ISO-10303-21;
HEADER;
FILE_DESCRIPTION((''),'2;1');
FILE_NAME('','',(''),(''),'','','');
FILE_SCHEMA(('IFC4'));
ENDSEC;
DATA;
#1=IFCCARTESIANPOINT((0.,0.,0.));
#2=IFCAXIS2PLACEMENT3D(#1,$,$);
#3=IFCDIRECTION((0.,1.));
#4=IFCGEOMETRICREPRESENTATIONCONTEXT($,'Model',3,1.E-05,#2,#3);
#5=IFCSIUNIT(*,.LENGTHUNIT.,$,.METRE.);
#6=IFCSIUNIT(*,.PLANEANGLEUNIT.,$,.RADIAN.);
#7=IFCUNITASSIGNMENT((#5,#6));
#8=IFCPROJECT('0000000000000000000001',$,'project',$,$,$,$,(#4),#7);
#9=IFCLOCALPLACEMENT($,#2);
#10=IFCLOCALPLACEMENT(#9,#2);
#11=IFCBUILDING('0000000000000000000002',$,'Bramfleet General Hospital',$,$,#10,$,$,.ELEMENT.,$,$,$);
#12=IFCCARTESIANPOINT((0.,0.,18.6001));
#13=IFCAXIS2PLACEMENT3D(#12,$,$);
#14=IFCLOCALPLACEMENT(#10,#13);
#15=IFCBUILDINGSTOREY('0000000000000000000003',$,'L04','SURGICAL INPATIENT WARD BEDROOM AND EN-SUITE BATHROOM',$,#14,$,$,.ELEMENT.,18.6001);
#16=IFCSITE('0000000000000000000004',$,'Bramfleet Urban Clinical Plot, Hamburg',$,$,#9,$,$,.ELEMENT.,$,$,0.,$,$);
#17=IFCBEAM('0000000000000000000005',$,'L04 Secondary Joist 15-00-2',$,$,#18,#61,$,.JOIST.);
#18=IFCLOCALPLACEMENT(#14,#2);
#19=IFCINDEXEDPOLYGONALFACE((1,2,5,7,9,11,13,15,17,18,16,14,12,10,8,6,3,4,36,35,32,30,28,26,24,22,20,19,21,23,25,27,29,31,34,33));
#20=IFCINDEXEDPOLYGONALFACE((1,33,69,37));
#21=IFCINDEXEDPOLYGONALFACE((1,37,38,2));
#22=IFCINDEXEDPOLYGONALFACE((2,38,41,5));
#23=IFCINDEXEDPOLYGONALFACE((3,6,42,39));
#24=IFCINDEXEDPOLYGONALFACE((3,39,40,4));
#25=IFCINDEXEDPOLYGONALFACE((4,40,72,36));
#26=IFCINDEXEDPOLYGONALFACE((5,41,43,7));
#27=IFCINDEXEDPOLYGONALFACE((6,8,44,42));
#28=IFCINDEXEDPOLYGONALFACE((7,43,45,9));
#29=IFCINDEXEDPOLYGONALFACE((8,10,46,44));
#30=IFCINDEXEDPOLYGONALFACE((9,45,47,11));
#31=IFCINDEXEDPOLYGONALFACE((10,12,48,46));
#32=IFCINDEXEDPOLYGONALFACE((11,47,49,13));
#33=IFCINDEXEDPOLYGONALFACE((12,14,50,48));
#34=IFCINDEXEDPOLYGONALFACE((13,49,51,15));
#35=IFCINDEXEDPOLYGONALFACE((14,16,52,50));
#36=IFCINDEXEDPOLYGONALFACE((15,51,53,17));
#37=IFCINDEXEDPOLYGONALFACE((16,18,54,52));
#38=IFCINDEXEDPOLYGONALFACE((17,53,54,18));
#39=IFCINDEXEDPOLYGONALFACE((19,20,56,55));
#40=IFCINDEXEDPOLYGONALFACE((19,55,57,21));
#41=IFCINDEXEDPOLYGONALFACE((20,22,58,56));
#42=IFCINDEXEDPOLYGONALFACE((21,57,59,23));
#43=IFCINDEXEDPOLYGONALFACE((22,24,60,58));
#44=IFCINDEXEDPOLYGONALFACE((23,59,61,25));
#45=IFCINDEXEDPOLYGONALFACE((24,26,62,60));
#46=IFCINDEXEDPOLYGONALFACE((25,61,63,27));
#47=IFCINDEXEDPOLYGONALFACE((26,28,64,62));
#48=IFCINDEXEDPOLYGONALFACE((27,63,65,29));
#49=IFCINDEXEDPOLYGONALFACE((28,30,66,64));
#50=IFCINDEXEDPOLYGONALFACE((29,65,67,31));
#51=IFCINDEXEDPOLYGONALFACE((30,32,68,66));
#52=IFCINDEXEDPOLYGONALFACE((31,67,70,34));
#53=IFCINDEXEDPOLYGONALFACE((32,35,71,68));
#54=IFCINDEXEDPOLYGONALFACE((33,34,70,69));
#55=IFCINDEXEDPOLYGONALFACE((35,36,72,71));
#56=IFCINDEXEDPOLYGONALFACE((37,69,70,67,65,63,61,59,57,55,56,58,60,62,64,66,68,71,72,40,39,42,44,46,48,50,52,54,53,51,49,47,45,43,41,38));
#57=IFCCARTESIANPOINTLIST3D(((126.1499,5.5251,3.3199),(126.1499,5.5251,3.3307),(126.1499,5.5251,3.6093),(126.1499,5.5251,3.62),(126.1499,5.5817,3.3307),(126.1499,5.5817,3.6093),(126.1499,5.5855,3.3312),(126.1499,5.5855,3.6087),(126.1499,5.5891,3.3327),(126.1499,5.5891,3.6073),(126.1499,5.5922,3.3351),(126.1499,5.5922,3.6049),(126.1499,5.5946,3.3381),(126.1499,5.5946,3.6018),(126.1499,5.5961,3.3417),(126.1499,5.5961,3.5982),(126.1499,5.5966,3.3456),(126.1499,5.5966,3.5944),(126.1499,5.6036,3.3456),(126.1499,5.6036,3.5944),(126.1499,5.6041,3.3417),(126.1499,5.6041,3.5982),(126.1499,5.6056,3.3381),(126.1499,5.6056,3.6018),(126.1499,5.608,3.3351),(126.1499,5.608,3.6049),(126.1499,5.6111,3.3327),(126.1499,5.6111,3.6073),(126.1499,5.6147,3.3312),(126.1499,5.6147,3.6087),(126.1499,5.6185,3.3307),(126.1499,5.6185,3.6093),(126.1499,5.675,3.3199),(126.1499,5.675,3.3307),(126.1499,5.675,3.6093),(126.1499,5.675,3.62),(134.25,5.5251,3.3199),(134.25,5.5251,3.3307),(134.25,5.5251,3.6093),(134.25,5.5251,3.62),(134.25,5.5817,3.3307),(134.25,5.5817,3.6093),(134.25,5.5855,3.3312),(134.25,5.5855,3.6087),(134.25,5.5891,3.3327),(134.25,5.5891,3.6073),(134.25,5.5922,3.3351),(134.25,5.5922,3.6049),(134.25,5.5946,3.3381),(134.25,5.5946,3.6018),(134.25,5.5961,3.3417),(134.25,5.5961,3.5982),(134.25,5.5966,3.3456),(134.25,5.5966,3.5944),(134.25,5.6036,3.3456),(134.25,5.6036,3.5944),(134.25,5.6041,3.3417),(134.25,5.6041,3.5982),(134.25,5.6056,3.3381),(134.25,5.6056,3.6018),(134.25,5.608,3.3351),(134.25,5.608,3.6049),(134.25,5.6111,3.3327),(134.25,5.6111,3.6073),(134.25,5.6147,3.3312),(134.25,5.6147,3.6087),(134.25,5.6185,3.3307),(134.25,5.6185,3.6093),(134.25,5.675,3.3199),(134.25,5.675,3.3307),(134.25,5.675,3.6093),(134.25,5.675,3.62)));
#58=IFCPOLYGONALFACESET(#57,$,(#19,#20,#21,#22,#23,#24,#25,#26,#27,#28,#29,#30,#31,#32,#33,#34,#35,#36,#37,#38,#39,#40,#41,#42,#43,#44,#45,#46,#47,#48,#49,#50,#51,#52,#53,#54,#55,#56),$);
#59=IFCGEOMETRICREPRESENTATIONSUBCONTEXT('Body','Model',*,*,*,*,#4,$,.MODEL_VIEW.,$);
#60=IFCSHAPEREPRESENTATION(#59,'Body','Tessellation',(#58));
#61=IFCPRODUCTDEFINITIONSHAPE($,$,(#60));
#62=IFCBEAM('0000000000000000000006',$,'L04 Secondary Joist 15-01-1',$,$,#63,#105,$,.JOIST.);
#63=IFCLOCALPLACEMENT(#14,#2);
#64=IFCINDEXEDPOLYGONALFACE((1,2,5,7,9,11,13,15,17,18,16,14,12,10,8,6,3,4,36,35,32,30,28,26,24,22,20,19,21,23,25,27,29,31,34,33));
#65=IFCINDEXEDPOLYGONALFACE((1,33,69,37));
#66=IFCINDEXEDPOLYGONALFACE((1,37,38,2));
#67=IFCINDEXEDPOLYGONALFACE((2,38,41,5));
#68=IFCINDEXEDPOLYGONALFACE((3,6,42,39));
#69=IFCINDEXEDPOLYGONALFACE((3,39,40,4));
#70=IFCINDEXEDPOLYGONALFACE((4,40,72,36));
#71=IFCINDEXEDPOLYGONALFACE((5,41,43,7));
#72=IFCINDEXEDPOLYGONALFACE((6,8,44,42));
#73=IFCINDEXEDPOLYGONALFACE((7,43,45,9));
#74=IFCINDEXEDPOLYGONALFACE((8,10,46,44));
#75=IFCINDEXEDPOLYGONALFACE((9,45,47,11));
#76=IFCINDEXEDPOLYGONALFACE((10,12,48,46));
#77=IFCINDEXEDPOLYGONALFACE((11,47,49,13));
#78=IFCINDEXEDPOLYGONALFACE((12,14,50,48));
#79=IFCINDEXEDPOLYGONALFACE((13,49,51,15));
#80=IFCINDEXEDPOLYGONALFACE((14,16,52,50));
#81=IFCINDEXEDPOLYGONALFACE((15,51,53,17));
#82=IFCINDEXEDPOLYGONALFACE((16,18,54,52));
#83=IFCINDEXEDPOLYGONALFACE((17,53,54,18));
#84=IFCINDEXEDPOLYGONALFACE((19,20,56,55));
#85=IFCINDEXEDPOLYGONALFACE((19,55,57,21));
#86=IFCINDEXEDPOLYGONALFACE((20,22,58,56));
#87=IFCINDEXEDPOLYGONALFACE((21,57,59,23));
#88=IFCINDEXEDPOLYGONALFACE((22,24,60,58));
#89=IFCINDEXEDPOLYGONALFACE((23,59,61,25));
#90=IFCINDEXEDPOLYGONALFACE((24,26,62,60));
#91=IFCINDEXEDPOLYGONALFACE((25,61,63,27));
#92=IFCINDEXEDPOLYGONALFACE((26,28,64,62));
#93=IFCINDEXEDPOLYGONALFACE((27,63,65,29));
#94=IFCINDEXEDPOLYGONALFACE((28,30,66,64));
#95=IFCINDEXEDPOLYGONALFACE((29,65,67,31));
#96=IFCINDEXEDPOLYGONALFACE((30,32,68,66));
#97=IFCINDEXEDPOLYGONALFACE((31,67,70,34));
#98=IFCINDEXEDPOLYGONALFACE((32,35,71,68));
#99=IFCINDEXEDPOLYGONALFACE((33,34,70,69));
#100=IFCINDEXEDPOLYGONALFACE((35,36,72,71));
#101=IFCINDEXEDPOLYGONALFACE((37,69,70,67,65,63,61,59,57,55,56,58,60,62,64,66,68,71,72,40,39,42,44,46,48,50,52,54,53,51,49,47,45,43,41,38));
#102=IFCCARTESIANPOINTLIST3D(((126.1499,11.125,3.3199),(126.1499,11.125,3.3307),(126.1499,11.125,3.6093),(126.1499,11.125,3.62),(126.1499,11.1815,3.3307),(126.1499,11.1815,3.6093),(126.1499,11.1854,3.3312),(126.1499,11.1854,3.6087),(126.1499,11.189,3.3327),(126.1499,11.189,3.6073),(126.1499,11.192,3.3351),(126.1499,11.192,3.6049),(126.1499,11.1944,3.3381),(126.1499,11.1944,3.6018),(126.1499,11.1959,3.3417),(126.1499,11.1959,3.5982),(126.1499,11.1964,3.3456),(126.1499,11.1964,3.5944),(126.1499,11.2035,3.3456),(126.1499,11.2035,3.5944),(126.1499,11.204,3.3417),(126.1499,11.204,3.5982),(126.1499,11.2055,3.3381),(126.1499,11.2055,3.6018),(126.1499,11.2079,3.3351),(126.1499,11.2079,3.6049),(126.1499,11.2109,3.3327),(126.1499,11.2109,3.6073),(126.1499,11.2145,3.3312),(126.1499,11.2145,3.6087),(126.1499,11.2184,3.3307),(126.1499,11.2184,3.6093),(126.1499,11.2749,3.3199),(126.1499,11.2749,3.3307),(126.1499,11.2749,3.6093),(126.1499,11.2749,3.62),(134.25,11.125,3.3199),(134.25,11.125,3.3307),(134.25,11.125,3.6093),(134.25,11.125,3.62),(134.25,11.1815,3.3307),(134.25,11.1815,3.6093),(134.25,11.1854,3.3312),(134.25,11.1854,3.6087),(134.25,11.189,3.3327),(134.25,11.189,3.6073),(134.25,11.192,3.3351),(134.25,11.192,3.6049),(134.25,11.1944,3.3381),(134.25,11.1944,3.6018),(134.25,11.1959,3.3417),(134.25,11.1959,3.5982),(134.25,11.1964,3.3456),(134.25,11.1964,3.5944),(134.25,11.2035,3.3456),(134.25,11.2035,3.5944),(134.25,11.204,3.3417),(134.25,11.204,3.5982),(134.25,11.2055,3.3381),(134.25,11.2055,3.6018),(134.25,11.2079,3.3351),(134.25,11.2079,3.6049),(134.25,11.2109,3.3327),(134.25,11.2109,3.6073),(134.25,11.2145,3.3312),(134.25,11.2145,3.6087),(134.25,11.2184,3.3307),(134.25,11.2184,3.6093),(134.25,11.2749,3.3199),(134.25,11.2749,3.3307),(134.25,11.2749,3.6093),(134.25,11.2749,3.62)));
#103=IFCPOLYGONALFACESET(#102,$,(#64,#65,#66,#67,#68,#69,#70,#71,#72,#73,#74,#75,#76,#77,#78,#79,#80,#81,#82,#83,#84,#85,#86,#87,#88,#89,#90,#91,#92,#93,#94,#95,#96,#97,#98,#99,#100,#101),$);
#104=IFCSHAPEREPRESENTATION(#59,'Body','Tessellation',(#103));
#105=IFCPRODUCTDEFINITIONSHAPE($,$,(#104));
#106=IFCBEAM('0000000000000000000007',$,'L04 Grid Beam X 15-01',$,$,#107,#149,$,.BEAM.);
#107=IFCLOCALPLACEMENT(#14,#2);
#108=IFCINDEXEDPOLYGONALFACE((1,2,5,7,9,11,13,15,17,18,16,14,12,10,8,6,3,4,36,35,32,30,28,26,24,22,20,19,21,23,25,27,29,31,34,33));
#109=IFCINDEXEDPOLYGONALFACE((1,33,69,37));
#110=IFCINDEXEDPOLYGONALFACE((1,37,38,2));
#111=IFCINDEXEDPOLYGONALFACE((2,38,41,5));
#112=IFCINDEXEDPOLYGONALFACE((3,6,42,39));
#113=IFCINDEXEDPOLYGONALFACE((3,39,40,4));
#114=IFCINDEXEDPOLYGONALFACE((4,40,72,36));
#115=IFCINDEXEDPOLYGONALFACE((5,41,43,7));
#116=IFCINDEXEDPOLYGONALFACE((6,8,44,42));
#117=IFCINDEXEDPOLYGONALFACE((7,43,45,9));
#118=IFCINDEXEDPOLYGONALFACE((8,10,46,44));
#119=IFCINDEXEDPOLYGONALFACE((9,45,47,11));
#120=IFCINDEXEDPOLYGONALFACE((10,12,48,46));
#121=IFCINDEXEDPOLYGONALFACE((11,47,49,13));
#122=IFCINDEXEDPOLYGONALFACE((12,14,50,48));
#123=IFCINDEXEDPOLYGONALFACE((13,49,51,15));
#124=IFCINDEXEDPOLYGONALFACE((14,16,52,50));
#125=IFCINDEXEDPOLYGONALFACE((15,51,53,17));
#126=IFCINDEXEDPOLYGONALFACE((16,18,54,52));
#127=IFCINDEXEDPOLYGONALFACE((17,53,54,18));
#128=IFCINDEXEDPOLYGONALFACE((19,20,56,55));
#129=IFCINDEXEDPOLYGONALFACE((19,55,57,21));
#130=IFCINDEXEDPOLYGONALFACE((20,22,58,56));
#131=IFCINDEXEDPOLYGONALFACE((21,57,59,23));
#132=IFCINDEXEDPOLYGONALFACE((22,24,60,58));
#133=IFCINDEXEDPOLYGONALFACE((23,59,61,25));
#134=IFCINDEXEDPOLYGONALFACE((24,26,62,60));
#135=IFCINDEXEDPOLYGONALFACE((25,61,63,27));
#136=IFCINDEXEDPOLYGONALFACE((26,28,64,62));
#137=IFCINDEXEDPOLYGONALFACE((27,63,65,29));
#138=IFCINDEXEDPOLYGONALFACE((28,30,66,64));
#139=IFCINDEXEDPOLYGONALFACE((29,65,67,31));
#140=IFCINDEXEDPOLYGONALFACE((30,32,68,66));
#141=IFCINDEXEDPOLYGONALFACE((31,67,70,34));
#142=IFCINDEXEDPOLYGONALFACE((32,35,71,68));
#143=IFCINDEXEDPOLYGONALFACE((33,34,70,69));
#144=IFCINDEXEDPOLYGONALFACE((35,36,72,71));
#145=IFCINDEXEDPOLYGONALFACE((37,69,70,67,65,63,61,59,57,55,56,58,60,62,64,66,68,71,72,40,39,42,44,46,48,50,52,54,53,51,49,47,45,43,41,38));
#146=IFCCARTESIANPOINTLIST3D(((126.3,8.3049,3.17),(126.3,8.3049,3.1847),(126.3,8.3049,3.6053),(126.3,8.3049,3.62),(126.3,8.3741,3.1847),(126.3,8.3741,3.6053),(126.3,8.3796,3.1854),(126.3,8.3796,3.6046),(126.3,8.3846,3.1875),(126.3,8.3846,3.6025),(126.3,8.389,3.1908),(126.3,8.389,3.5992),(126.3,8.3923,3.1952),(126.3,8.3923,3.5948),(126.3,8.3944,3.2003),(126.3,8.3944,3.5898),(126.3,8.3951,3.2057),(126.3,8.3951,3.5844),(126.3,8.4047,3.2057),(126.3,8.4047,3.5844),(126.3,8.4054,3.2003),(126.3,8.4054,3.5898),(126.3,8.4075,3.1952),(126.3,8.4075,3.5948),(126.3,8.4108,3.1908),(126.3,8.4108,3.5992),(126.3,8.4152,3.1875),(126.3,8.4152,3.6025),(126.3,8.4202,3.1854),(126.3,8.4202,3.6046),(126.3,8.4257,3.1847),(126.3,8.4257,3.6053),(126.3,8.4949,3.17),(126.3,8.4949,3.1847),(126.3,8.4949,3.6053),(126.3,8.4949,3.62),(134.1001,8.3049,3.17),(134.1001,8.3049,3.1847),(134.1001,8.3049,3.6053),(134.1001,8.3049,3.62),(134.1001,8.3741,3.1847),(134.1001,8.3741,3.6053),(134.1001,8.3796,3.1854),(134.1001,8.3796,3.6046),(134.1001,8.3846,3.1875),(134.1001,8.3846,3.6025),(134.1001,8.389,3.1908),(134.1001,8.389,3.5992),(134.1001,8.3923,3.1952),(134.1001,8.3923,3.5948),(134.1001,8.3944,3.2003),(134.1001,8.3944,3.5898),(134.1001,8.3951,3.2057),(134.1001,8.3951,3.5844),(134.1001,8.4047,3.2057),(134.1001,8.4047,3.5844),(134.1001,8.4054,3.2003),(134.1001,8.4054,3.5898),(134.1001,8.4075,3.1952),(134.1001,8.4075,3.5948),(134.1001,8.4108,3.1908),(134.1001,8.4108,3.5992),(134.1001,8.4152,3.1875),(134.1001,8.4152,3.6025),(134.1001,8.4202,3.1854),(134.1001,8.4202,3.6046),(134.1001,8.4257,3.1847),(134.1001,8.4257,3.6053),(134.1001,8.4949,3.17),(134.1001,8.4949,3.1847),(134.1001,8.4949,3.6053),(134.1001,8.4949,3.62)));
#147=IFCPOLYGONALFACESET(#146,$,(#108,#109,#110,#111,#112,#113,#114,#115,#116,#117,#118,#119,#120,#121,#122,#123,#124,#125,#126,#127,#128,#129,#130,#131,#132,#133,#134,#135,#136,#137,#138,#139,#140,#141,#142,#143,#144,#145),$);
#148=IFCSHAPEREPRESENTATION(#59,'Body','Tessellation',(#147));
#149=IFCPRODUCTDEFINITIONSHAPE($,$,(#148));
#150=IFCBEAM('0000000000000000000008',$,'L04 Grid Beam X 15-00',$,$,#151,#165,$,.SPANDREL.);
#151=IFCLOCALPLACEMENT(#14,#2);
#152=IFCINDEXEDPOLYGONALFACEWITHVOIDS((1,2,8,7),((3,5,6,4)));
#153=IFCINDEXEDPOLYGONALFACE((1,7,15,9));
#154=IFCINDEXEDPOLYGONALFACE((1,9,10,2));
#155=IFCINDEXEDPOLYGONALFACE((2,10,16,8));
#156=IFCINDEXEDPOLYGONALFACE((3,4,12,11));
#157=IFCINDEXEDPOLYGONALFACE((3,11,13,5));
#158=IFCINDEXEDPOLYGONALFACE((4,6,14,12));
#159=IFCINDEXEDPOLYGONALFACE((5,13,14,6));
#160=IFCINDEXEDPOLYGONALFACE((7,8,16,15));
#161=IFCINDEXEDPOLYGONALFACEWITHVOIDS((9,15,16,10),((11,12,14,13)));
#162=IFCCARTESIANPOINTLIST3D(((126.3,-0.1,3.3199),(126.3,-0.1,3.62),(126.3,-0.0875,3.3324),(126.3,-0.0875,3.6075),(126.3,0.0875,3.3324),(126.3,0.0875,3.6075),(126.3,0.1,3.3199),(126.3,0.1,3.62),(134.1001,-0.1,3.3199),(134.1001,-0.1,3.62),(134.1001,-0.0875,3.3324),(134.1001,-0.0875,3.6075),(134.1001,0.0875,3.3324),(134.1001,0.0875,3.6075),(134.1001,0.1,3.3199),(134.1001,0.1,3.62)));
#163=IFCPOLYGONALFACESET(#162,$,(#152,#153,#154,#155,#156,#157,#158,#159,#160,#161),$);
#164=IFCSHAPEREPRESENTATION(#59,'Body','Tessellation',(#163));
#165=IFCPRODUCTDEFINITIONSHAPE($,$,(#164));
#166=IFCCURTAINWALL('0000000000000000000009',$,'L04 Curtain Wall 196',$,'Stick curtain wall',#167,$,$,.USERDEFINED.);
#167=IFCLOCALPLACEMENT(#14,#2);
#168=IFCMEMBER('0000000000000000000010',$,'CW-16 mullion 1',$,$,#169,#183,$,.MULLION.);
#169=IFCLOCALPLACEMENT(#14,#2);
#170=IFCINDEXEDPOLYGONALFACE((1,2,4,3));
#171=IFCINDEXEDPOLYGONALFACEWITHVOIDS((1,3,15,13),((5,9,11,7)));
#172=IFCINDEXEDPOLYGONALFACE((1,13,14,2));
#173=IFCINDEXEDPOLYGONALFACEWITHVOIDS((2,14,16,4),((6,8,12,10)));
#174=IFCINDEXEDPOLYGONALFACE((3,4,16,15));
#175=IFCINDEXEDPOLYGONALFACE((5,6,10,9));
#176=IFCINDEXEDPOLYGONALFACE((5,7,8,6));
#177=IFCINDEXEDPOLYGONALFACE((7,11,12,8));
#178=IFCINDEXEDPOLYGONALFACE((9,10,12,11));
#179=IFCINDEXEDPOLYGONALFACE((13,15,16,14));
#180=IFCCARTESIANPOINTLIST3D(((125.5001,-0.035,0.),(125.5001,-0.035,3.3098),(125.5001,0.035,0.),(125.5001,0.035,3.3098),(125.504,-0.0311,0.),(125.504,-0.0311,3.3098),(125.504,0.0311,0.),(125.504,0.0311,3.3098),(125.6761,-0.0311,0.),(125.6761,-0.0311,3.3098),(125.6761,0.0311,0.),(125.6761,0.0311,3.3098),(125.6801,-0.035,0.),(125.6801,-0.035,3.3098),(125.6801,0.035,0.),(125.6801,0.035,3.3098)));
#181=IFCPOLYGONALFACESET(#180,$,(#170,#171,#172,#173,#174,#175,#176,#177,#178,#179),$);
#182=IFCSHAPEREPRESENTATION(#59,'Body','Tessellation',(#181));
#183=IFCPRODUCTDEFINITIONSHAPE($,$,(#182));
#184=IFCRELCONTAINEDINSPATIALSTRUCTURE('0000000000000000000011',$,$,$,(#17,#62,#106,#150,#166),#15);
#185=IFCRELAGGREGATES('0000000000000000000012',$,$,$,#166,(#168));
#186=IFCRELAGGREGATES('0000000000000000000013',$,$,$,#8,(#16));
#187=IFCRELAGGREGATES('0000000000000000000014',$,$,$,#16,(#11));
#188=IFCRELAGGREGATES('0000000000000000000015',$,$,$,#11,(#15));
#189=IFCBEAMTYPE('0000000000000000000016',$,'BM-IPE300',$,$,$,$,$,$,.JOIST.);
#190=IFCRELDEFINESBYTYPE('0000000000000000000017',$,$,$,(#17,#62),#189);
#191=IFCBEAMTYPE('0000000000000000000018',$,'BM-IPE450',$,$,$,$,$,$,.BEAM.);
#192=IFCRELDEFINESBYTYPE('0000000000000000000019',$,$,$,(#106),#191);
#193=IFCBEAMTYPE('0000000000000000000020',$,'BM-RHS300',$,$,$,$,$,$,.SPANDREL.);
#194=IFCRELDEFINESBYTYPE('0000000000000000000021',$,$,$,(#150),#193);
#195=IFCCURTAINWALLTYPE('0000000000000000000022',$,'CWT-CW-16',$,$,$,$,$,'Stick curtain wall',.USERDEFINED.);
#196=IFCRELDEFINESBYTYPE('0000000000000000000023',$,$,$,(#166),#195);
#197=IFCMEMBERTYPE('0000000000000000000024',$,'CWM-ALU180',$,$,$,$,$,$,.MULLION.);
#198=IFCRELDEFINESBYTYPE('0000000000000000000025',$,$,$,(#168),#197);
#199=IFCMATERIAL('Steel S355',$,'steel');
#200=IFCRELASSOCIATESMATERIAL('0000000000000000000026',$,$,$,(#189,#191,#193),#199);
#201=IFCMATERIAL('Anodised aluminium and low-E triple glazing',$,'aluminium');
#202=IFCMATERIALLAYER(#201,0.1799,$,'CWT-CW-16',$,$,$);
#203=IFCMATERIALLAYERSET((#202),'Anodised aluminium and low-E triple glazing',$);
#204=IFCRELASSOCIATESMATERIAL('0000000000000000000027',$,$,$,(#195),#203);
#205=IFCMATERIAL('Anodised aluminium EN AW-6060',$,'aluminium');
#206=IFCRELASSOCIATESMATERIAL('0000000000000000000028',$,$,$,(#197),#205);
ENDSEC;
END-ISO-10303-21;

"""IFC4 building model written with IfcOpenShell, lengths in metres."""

from ifc_helpers import new_model, si_unit, direction, frame, origin, origin_2d, place, context, subcontext, project, spatial, hollow_rectangle, i_section, extrude, material, layer, layer_set, material_profile, profile_set, type_object, element, aggregate, save


model = new_model("IFC4")

# Units and contexts
model_context = context("Model", 3, precision=1e-05, world=origin(), true_north=direction((0.0, 1.0)))
body_context = subcontext(model_context, "Body", "Model", "MODEL_VIEW")
ifc_project = project(units=[si_unit("LENGTHUNIT", "METRE"), si_unit("PLANEANGLEUNIT", "RADIAN")], contexts=[model_context])

# Site, building, storey
site_placement = place(None, origin())
site = spatial("IfcSite", under=ifc_project, at=site_placement, Name="Bramfleet Urban Clinical Plot, Hamburg", CompositionType="ELEMENT", RefElevation=0.0)
building_placement = place(site_placement, origin())
building = spatial("IfcBuilding", under=site, at=building_placement, Name="Bramfleet General Hospital", CompositionType="ELEMENT")
storey_placement = place(building_placement, frame((0.0, 0.0, 18.6001)))
storey = spatial("IfcBuildingStorey", under=building, at=storey_placement, Name="L04", Description="SURGICAL INPATIENT WARD BEDROOM AND EN-SUITE BATHROOM", CompositionType="ELEMENT", Elevation=18.6001)

# Beams
ifc_material_1 = material(Name="Steel S355", Category="steel")
ifc_material_profile_1 = material_profile(ifc_material_1, i_section(OverallWidth=0.1499, OverallDepth=0.3, WebThickness=0.0071, FlangeThickness=0.0107, FilletRadius=0.0149, at=origin_2d()), Name="IPE 300")
ifc_profile_set_1 = profile_set([ifc_material_profile_1], Name="Steel S355")
beam_type_1 = type_object("IfcBeamType", Name="BM-IPE300", PredefinedType="JOIST", material=ifc_profile_set_1)
for number, where, z_axis, x_axis, name in (
    (1, (126.1499, 5.6001, 3.47), (1.0, 0.0, 0.0), (0.0, 1.0, 0.0), "L04 Secondary Joist 15-00-2"),
    (2, (126.1499, 11.2, 3.47), (1.0, 0.0, 0.0), (0.0, 1.0, 0.0), "L04 Secondary Joist 15-01-1"),
):
    element("IfcBeam", number, at=place(storey_placement, frame(where, z_axis=z_axis, x_axis=x_axis)), inside=storey, type_object=beam_type_1, Name=name, PredefinedType="JOIST", context=body_context, shape_type="SweptSolid", body=[
        extrude(i_section(OverallWidth=0.1499, OverallDepth=0.3, WebThickness=0.0071, FlangeThickness=0.0107, FilletRadius=0.0149, at=origin_2d()), origin(), (0.0, 0.0, 1.0), 8.1001),
    ])
ifc_material_profile_2 = material_profile(ifc_material_1, i_section(OverallWidth=0.1899, OverallDepth=0.45, WebThickness=0.0095, FlangeThickness=0.0146, FilletRadius=0.021, at=origin_2d()), Name="IPE 450")
ifc_profile_set_2 = profile_set([ifc_material_profile_2], Name="Steel S355")
beam_type_2 = type_object("IfcBeamType", Name="BM-IPE450", PredefinedType="BEAM", material=ifc_profile_set_2)
beam_1_placement = place(storey_placement, frame((126.3, 8.3999, 3.395), z_axis=(1.0, 0.0, 0.0), x_axis=(0.0, 1.0, 0.0)))
element("IfcBeam", 3, at=beam_1_placement, inside=storey, type_object=beam_type_2, Name="L04 Grid Beam X 15-01", PredefinedType="BEAM", context=body_context, shape_type="SweptSolid", body=[
    extrude(i_section(OverallWidth=0.1899, OverallDepth=0.45, WebThickness=0.0095, FlangeThickness=0.0146, FilletRadius=0.021, at=origin_2d()), origin(), (0.0, 0.0, 1.0), 7.8),
])
ifc_material_profile_3 = material_profile(ifc_material_1, hollow_rectangle(XDim=0.2, YDim=0.3, WallThickness=0.0125, at=origin_2d()), Name="RHS 300x200x12.5")
ifc_profile_set_3 = profile_set([ifc_material_profile_3], Name="Steel S355")
beam_type_3 = type_object("IfcBeamType", Name="BM-RHS300", PredefinedType="SPANDREL", material=ifc_profile_set_3)
beam_2_placement = place(storey_placement, frame((126.3, 0.0, 3.47), z_axis=(1.0, 0.0, 0.0), x_axis=(0.0, 1.0, 0.0)))
element("IfcBeam", 4, at=beam_2_placement, inside=storey, type_object=beam_type_3, Name="L04 Grid Beam X 15-00", PredefinedType="SPANDREL", context=body_context, shape_type="SweptSolid", body=[
    extrude(hollow_rectangle(XDim=0.2, YDim=0.3, WallThickness=0.0125, at=origin_2d()), origin(), (0.0, 0.0, 1.0), 7.8),
])

# Curtain wall, member
ifc_material_2 = material(Name="Anodised aluminium and low-E triple glazing", Category="aluminium")
ifc_layer_1 = layer(ifc_material_2, 0.1799, Name="CWT-CW-16")
ifc_layer_set_1 = layer_set([ifc_layer_1], Name="Anodised aluminium and low-E triple glazing")
curtain_wall_type = type_object("IfcCurtainWallType", Name="CWT-CW-16", ElementType="Stick curtain wall", PredefinedType="USERDEFINED", material=ifc_layer_set_1)
curtain_wall_placement = place(storey_placement, origin())
curtain_wall = element("IfcCurtainWall", 5, at=curtain_wall_placement, inside=storey, type_object=curtain_wall_type, Name="L04 Curtain Wall 196", ObjectType="Stick curtain wall", PredefinedType="USERDEFINED")
ifc_material_3 = material(Name="Anodised aluminium EN AW-6060", Category="aluminium")
ifc_material_profile_4 = material_profile(ifc_material_3, hollow_rectangle(XDim=0.0701, YDim=0.1799, WallThickness=0.0039, at=origin_2d()), Name="ALU 180x70x4.0")
ifc_profile_set_4 = profile_set([ifc_material_profile_4], Name="Anodised aluminium EN AW-6060")
member_type_1 = type_object("IfcMemberType", Name="CWM-ALU180", PredefinedType="MULLION", material=ifc_profile_set_4)
member_1_placement = place(storey_placement, frame((125.5901, 0.0, 0.0), z_axis=(0.0, 0.0, 1.0), x_axis=(0.0, -1.0, 0.0)))
member_1 = element("IfcMember", 6, at=member_1_placement, type_object=member_type_1, Name="CW-16 mullion 1", PredefinedType="MULLION", context=body_context, shape_type="SweptSolid", body=[
    extrude(hollow_rectangle(XDim=0.0701, YDim=0.1799, WallThickness=0.0039, at=origin_2d()), origin(), (0.0, 0.0, 1.0), 3.3098),
])
aggregate(curtain_wall, [member_1])

save(model, "model.ifc")
